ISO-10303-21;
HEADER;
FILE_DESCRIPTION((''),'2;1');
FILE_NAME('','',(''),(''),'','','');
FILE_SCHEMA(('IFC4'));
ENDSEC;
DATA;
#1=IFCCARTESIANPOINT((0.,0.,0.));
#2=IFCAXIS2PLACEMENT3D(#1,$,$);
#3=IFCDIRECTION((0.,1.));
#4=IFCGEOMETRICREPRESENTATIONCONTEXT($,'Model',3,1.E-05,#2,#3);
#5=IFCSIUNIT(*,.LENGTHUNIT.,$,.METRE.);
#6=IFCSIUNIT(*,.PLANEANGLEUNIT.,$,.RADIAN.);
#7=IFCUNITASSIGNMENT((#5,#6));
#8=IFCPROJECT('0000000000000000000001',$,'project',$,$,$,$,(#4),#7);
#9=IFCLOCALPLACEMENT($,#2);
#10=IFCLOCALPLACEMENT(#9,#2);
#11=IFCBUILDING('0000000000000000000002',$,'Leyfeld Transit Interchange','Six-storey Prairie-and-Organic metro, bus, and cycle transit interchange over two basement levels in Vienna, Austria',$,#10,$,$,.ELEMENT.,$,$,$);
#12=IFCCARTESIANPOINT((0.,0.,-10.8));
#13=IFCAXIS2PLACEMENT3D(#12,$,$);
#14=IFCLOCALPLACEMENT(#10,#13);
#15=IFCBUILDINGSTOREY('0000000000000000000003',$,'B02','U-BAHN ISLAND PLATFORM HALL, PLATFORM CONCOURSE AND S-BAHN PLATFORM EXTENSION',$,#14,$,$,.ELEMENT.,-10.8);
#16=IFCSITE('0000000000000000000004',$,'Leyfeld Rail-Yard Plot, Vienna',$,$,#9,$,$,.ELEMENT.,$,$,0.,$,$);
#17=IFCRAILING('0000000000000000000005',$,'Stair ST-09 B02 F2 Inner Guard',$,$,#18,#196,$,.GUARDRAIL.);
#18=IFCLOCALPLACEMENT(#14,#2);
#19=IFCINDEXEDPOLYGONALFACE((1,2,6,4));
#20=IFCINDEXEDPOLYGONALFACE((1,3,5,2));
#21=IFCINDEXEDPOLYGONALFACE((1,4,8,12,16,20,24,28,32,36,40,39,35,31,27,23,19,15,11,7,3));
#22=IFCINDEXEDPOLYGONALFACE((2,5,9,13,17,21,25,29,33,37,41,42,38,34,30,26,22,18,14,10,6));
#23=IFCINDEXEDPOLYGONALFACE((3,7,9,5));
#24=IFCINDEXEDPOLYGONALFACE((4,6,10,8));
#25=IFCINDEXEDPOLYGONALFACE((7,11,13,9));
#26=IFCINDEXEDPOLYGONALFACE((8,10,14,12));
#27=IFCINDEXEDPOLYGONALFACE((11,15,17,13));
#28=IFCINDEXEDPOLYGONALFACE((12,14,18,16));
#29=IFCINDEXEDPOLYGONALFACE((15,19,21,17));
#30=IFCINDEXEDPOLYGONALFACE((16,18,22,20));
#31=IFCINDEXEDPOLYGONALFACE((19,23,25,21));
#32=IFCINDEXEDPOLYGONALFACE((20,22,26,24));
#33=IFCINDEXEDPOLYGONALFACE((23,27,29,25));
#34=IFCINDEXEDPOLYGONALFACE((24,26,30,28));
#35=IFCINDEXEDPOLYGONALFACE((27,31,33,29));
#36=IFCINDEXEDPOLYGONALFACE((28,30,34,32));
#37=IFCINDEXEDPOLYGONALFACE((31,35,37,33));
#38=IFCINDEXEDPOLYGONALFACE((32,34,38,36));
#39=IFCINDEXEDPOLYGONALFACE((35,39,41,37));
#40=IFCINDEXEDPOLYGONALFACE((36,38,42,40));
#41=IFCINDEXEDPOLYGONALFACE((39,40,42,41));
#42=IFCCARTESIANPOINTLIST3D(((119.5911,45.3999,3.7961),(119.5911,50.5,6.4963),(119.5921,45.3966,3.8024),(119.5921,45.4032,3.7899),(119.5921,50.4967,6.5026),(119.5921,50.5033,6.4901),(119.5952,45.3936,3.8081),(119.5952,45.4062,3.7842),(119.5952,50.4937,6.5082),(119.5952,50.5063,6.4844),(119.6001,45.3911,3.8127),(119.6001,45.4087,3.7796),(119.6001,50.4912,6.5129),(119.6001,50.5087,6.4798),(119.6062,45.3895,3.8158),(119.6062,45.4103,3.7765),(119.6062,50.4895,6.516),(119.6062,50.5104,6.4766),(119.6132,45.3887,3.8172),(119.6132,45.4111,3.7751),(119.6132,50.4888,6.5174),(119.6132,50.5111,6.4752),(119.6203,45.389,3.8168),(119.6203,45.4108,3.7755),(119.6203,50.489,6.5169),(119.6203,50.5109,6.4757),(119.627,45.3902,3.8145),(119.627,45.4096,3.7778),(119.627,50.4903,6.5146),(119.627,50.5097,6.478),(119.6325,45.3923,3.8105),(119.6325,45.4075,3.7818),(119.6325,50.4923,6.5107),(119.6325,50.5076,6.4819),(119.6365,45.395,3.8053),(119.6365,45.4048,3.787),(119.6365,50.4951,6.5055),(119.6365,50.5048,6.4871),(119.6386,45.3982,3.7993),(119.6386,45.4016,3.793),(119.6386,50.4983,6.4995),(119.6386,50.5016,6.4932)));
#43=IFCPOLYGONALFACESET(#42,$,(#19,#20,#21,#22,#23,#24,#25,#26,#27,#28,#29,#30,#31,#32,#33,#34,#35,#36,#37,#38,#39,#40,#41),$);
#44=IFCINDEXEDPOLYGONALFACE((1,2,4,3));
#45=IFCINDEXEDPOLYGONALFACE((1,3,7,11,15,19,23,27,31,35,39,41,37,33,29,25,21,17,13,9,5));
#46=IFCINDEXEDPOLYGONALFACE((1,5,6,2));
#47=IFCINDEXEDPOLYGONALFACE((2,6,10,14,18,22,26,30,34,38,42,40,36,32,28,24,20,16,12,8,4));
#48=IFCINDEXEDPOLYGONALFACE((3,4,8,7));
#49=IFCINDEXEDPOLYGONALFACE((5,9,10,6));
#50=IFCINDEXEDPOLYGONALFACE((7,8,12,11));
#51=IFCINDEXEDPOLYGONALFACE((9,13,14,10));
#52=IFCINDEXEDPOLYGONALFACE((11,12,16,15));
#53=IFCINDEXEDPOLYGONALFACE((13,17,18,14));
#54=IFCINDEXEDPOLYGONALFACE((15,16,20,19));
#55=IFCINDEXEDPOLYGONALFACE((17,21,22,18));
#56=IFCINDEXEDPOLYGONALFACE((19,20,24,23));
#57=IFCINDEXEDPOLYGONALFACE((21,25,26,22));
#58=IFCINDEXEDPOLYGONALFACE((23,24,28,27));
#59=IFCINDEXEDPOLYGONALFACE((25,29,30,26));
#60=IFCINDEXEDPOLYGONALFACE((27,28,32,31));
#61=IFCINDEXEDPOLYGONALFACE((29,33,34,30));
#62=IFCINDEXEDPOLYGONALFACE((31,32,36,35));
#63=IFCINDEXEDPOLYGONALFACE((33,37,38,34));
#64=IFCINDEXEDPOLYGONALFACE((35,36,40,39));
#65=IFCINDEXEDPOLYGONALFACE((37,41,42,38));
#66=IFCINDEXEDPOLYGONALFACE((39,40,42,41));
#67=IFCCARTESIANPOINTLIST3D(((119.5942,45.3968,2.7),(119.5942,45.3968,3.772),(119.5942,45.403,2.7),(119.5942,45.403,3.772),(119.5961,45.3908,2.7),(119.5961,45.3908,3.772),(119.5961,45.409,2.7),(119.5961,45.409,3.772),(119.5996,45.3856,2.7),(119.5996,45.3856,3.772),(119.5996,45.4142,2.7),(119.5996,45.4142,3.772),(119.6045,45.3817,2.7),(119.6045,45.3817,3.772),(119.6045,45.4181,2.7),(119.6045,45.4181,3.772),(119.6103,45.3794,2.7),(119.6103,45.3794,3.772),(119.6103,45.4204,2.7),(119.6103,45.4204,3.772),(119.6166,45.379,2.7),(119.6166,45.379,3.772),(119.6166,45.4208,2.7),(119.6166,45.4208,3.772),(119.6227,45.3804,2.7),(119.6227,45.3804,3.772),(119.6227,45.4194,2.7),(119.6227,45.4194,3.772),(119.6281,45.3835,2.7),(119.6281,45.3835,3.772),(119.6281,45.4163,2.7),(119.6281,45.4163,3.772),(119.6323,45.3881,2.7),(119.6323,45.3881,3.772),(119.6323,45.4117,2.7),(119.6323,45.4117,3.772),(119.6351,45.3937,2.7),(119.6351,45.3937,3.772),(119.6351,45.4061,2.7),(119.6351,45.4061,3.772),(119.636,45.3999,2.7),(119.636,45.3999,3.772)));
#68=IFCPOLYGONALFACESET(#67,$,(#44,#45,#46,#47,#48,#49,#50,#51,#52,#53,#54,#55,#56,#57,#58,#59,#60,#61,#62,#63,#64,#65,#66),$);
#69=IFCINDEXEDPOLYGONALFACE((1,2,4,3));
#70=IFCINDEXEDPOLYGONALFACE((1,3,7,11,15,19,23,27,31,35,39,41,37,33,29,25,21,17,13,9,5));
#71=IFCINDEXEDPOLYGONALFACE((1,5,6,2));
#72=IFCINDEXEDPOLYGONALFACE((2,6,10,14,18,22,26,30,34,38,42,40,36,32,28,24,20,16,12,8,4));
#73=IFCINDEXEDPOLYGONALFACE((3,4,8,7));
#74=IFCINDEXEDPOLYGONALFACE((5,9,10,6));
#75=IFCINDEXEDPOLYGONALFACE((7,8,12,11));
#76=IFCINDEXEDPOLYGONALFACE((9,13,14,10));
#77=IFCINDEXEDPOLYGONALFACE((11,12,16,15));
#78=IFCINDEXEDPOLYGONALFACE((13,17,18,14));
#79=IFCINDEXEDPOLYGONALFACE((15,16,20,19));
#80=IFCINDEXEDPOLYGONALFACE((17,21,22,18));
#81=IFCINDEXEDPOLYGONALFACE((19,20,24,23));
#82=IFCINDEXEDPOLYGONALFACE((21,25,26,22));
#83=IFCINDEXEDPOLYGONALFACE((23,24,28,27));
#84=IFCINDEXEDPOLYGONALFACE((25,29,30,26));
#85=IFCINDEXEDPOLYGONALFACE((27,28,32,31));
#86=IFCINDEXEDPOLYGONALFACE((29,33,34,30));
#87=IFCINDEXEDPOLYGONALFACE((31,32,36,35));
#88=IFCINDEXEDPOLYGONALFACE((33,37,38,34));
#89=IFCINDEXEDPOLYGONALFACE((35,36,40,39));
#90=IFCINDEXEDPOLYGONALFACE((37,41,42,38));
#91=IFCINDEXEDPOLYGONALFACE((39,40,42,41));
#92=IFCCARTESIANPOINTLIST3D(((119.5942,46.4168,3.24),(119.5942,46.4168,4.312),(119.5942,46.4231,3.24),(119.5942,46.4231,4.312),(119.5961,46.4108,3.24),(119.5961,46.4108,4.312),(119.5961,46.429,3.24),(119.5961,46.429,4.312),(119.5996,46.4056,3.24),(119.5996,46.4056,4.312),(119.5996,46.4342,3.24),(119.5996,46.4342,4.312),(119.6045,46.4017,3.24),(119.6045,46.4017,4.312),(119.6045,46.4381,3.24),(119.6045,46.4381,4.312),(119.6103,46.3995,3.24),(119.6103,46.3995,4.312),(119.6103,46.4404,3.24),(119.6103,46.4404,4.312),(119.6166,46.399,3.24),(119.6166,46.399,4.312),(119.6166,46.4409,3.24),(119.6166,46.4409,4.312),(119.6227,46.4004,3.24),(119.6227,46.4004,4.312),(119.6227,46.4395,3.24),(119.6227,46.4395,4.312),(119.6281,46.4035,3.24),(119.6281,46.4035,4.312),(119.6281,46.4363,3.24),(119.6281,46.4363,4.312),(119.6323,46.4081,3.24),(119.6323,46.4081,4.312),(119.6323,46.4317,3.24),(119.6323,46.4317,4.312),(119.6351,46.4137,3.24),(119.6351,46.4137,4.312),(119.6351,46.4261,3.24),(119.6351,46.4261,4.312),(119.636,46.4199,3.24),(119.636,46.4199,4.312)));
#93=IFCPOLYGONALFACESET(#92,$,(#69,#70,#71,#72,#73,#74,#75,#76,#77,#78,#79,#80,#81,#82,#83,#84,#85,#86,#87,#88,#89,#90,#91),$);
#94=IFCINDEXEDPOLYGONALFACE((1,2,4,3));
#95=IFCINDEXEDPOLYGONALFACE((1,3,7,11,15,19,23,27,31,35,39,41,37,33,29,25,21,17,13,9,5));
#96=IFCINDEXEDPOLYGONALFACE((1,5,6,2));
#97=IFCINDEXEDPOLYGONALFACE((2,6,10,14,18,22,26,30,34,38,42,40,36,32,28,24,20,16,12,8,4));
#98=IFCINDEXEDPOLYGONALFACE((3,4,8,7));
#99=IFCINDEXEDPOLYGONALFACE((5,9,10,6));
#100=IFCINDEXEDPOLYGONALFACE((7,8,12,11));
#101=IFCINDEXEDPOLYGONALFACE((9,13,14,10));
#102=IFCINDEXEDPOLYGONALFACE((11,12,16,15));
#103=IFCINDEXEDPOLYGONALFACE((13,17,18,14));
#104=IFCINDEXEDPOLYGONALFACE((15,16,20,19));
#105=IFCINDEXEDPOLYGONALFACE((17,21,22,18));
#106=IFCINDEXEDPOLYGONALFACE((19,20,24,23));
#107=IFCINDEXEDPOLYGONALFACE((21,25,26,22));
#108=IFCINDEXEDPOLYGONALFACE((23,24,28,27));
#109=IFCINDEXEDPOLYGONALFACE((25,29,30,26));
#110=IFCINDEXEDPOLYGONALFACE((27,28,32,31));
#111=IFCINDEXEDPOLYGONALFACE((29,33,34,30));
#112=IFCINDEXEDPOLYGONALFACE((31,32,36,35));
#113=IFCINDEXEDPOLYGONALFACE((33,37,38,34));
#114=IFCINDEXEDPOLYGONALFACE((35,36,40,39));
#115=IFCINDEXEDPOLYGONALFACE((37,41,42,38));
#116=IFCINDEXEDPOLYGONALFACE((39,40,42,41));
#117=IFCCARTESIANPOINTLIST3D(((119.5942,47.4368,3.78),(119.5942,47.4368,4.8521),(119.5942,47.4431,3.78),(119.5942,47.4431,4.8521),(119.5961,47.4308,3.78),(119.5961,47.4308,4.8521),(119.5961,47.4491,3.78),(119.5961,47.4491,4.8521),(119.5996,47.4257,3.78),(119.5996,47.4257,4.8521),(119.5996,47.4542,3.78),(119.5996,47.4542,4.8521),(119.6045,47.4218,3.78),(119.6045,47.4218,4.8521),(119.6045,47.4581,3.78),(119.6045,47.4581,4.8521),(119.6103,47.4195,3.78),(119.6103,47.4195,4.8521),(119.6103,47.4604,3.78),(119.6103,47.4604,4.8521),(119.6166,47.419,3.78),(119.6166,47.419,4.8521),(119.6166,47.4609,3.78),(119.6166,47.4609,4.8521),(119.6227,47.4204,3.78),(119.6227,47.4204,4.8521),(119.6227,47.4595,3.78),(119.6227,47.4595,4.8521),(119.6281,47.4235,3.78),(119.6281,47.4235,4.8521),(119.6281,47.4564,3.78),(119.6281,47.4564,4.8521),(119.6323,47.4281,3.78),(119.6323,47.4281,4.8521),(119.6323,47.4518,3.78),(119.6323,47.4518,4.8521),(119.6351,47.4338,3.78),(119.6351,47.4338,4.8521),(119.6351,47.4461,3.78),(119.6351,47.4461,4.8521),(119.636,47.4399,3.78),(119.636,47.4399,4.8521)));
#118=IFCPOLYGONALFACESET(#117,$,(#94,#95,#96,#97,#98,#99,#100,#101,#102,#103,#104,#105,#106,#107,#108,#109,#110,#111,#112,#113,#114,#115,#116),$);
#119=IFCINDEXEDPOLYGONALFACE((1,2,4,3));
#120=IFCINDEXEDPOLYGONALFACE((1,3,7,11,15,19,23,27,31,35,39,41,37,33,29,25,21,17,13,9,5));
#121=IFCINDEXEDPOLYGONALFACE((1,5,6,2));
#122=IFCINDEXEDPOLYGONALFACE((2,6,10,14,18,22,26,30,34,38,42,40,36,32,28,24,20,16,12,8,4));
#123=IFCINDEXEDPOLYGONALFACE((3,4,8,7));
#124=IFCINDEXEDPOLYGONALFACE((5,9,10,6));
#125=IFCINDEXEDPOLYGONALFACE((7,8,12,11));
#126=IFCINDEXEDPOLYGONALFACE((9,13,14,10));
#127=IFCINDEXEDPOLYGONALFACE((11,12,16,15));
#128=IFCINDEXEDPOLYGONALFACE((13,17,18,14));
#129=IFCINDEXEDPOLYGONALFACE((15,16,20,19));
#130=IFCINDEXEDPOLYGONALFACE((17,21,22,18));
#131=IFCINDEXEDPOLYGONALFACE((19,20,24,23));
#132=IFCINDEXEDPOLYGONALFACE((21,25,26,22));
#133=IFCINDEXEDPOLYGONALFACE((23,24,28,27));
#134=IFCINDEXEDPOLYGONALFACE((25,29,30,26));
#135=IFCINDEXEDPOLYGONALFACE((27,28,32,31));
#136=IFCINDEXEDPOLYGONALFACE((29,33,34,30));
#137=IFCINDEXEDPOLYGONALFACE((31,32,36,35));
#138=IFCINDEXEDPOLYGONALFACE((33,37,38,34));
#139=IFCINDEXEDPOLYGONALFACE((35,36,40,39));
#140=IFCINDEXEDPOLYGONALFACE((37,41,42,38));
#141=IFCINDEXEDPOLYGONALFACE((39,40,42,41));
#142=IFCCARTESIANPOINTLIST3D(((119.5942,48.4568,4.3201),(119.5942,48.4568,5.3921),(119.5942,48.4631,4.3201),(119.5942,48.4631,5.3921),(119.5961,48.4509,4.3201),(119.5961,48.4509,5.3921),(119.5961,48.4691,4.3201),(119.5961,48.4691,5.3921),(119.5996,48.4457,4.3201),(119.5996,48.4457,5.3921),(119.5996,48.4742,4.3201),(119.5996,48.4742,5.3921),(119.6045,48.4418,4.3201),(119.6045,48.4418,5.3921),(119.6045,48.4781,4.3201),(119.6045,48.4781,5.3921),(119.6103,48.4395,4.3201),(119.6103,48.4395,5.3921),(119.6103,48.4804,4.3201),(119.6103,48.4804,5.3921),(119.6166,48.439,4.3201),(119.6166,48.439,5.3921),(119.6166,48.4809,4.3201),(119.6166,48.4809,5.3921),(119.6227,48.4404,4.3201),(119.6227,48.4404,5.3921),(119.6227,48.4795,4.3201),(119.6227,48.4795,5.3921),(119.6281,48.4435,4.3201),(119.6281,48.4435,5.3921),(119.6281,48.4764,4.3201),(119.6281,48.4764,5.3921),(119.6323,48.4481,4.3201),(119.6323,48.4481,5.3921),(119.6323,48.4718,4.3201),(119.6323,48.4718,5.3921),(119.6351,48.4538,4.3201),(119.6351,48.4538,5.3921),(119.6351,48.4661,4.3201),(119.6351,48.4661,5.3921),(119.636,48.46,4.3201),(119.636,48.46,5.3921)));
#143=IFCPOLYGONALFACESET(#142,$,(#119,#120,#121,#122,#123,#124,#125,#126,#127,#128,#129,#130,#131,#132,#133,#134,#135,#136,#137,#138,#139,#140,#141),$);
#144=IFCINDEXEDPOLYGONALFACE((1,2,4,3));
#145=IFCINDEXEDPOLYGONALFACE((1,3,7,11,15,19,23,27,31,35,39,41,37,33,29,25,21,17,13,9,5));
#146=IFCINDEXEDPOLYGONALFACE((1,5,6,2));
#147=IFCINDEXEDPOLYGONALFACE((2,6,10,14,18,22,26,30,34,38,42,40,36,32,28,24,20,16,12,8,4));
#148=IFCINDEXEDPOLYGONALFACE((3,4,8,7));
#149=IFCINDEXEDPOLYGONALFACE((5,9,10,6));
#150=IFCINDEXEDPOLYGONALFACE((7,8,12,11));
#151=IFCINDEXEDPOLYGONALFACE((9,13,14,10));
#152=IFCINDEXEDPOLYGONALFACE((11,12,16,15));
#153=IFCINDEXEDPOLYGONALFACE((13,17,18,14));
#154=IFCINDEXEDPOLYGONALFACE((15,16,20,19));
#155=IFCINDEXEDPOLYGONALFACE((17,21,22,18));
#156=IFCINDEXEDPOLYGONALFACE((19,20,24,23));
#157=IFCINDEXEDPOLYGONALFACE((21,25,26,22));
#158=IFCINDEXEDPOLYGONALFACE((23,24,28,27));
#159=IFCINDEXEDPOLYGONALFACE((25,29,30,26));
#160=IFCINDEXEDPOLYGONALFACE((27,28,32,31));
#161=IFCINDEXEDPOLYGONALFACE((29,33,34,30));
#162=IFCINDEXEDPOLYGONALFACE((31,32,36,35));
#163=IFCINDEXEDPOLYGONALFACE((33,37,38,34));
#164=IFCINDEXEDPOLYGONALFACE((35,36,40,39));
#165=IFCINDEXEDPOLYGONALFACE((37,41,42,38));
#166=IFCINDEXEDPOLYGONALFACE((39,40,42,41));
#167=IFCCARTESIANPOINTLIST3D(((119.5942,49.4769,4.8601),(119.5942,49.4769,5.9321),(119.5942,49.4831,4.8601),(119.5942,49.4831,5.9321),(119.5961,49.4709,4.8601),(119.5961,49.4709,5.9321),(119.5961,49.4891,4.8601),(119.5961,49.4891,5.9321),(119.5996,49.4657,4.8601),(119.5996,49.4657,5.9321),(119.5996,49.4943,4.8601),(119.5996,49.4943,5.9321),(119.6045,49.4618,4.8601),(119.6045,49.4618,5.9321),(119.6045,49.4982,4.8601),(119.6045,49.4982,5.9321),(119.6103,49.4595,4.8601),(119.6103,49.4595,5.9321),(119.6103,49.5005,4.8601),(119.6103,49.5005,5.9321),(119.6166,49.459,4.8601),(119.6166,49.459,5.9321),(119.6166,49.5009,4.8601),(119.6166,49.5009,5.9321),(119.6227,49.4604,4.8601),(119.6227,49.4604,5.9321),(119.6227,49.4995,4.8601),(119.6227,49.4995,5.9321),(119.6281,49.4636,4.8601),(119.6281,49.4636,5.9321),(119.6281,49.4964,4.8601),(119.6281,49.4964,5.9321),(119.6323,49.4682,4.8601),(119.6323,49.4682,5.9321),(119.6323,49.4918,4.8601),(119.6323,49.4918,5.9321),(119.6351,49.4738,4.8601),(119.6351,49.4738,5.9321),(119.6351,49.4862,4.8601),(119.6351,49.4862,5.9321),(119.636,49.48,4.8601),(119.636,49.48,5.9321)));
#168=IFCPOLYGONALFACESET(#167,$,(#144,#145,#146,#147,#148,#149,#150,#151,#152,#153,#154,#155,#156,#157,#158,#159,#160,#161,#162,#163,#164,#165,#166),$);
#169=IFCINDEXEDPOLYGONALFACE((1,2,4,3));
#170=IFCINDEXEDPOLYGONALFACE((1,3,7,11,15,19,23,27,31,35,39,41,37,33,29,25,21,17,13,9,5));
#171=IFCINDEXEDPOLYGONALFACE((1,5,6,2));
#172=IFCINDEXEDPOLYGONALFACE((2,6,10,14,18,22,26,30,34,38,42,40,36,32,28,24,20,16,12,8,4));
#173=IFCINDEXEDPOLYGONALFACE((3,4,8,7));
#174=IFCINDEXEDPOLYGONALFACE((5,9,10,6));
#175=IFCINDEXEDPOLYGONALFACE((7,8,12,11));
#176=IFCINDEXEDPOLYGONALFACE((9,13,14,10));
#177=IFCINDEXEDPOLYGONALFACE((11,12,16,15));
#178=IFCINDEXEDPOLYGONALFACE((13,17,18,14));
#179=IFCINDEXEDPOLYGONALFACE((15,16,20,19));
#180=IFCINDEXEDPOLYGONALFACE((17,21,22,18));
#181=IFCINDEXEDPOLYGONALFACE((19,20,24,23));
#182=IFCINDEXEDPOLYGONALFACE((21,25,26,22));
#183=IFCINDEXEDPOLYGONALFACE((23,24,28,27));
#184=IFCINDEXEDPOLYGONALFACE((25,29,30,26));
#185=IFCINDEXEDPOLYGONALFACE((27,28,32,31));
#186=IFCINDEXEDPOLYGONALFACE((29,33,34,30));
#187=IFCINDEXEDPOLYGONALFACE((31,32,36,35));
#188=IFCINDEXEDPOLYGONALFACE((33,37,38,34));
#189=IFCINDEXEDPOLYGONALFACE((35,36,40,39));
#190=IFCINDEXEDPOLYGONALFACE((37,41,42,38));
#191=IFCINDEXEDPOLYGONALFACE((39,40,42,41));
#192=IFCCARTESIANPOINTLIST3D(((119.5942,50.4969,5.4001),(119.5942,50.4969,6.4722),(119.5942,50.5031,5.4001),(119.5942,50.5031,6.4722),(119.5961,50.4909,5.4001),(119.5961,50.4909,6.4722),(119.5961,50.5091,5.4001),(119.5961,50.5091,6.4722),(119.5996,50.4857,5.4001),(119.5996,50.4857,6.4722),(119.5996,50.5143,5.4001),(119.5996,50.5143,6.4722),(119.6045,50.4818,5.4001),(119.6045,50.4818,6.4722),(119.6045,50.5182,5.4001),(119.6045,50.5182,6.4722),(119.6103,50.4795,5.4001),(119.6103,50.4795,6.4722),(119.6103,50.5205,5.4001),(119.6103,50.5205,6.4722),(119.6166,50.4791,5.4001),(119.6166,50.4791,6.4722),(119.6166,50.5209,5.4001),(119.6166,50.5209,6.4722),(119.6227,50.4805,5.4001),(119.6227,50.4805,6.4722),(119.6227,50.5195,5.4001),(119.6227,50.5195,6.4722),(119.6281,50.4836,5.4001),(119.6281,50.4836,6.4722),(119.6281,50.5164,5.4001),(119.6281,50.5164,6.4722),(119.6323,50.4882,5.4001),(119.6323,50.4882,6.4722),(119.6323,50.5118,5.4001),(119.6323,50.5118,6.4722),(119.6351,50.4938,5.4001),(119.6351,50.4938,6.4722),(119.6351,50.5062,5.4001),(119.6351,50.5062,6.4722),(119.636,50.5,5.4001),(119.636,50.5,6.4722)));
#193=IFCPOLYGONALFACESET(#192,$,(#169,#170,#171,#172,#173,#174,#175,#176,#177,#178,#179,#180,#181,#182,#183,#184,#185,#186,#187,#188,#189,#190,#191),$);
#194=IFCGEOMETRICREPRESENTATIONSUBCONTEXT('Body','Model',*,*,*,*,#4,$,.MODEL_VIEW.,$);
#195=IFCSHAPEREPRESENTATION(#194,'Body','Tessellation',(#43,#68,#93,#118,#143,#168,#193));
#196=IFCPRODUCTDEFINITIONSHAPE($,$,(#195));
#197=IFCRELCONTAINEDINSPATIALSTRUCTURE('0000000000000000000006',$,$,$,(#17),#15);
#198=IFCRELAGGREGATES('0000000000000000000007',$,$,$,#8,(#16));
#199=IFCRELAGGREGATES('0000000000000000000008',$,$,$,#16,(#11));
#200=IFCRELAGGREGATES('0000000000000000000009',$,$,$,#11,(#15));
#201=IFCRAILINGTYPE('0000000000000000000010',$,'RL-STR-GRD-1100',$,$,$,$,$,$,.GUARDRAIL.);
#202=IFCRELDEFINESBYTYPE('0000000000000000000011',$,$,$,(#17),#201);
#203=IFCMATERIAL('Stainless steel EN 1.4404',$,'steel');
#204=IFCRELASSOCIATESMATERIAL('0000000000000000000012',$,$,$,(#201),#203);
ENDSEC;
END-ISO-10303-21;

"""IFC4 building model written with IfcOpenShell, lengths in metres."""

from ifc_helpers import new_model, si_unit, direction, frame, origin, origin_2d, place, context, subcontext, project, spatial, circle, extrude, material, type_object, element, save


model = new_model("IFC4")

# Units and contexts
model_context = context("Model", 3, precision=1e-05, world=origin(), true_north=direction((0.0, 1.0)))
body_context = subcontext(model_context, "Body", "Model", "MODEL_VIEW")
ifc_project = project(units=[si_unit("LENGTHUNIT", "METRE"), si_unit("PLANEANGLEUNIT", "RADIAN")], contexts=[model_context])

# Site, building, storey
site_placement = place(None, origin())
site = spatial("IfcSite", under=ifc_project, at=site_placement, Name="Leyfeld Rail-Yard Plot, Vienna", CompositionType="ELEMENT", RefElevation=0.0)
building_placement = place(site_placement, origin())
building = spatial("IfcBuilding", under=site, at=building_placement, Name="Leyfeld Transit Interchange", Description="Six-storey Prairie-and-Organic metro, bus, and cycle transit interchange over two basement levels in Vienna, Austria", CompositionType="ELEMENT")
storey_placement = place(building_placement, frame((0.0, 0.0, -10.8)))
storey = spatial("IfcBuildingStorey", under=building, at=storey_placement, Name="B02", Description="U-BAHN ISLAND PLATFORM HALL, PLATFORM CONCOURSE AND S-BAHN PLATFORM EXTENSION", CompositionType="ELEMENT", Elevation=-10.8)

# Railing
ifc_material_1 = material(Name="Stainless steel EN 1.4404", Category="steel")
railing_type_1 = type_object("IfcRailingType", Name="RL-STR-GRD-1100", PredefinedType="GUARDRAIL", material=ifc_material_1)
for number, where, name in (
    (1, (119.615, 45.3999, 2.7), "Stair ST-09 B02 F2 Inner Guard"),
):
    element("IfcRailing", number, at=place(storey_placement, frame(where)), inside=storey, type_object=railing_type_1, Name=name, PredefinedType="GUARDRAIL", context=body_context, shape_type="SweptSolid", body=[
        extrude(circle(Radius=0.0239, at=origin_2d()), frame((0.0, 0.0, 1.0962), z_axis=(0.0, 0.883778, 0.467907), x_axis=(-1.0, 0.0, 0.0)), (0.0, 0.0, 1.0), 5.7708),
        extrude(circle(Radius=0.021, at=origin_2d()), origin(), (0.0, 0.0, 1.0), 1.072),
        extrude(circle(Radius=0.021, at=origin_2d()), frame((0.0, 1.02, 0.54)), (0.0, 0.0, 1.0), 1.072),
        extrude(circle(Radius=0.021, at=origin_2d()), frame((0.0, 2.04, 1.0801)), (0.0, 0.0, 1.0), 1.072),
        extrude(circle(Radius=0.021, at=origin_2d()), frame((0.0, 3.0601, 1.6201)), (0.0, 0.0, 1.0), 1.072),
        extrude(circle(Radius=0.021, at=origin_2d()), frame((0.0, 4.0801, 2.1602)), (0.0, 0.0, 1.0), 1.072),
        extrude(circle(Radius=0.021, at=origin_2d()), frame((0.0, 5.1001, 2.7002)), (0.0, 0.0, 1.0), 1.072),
    ])

save(model, "model.ifc")
